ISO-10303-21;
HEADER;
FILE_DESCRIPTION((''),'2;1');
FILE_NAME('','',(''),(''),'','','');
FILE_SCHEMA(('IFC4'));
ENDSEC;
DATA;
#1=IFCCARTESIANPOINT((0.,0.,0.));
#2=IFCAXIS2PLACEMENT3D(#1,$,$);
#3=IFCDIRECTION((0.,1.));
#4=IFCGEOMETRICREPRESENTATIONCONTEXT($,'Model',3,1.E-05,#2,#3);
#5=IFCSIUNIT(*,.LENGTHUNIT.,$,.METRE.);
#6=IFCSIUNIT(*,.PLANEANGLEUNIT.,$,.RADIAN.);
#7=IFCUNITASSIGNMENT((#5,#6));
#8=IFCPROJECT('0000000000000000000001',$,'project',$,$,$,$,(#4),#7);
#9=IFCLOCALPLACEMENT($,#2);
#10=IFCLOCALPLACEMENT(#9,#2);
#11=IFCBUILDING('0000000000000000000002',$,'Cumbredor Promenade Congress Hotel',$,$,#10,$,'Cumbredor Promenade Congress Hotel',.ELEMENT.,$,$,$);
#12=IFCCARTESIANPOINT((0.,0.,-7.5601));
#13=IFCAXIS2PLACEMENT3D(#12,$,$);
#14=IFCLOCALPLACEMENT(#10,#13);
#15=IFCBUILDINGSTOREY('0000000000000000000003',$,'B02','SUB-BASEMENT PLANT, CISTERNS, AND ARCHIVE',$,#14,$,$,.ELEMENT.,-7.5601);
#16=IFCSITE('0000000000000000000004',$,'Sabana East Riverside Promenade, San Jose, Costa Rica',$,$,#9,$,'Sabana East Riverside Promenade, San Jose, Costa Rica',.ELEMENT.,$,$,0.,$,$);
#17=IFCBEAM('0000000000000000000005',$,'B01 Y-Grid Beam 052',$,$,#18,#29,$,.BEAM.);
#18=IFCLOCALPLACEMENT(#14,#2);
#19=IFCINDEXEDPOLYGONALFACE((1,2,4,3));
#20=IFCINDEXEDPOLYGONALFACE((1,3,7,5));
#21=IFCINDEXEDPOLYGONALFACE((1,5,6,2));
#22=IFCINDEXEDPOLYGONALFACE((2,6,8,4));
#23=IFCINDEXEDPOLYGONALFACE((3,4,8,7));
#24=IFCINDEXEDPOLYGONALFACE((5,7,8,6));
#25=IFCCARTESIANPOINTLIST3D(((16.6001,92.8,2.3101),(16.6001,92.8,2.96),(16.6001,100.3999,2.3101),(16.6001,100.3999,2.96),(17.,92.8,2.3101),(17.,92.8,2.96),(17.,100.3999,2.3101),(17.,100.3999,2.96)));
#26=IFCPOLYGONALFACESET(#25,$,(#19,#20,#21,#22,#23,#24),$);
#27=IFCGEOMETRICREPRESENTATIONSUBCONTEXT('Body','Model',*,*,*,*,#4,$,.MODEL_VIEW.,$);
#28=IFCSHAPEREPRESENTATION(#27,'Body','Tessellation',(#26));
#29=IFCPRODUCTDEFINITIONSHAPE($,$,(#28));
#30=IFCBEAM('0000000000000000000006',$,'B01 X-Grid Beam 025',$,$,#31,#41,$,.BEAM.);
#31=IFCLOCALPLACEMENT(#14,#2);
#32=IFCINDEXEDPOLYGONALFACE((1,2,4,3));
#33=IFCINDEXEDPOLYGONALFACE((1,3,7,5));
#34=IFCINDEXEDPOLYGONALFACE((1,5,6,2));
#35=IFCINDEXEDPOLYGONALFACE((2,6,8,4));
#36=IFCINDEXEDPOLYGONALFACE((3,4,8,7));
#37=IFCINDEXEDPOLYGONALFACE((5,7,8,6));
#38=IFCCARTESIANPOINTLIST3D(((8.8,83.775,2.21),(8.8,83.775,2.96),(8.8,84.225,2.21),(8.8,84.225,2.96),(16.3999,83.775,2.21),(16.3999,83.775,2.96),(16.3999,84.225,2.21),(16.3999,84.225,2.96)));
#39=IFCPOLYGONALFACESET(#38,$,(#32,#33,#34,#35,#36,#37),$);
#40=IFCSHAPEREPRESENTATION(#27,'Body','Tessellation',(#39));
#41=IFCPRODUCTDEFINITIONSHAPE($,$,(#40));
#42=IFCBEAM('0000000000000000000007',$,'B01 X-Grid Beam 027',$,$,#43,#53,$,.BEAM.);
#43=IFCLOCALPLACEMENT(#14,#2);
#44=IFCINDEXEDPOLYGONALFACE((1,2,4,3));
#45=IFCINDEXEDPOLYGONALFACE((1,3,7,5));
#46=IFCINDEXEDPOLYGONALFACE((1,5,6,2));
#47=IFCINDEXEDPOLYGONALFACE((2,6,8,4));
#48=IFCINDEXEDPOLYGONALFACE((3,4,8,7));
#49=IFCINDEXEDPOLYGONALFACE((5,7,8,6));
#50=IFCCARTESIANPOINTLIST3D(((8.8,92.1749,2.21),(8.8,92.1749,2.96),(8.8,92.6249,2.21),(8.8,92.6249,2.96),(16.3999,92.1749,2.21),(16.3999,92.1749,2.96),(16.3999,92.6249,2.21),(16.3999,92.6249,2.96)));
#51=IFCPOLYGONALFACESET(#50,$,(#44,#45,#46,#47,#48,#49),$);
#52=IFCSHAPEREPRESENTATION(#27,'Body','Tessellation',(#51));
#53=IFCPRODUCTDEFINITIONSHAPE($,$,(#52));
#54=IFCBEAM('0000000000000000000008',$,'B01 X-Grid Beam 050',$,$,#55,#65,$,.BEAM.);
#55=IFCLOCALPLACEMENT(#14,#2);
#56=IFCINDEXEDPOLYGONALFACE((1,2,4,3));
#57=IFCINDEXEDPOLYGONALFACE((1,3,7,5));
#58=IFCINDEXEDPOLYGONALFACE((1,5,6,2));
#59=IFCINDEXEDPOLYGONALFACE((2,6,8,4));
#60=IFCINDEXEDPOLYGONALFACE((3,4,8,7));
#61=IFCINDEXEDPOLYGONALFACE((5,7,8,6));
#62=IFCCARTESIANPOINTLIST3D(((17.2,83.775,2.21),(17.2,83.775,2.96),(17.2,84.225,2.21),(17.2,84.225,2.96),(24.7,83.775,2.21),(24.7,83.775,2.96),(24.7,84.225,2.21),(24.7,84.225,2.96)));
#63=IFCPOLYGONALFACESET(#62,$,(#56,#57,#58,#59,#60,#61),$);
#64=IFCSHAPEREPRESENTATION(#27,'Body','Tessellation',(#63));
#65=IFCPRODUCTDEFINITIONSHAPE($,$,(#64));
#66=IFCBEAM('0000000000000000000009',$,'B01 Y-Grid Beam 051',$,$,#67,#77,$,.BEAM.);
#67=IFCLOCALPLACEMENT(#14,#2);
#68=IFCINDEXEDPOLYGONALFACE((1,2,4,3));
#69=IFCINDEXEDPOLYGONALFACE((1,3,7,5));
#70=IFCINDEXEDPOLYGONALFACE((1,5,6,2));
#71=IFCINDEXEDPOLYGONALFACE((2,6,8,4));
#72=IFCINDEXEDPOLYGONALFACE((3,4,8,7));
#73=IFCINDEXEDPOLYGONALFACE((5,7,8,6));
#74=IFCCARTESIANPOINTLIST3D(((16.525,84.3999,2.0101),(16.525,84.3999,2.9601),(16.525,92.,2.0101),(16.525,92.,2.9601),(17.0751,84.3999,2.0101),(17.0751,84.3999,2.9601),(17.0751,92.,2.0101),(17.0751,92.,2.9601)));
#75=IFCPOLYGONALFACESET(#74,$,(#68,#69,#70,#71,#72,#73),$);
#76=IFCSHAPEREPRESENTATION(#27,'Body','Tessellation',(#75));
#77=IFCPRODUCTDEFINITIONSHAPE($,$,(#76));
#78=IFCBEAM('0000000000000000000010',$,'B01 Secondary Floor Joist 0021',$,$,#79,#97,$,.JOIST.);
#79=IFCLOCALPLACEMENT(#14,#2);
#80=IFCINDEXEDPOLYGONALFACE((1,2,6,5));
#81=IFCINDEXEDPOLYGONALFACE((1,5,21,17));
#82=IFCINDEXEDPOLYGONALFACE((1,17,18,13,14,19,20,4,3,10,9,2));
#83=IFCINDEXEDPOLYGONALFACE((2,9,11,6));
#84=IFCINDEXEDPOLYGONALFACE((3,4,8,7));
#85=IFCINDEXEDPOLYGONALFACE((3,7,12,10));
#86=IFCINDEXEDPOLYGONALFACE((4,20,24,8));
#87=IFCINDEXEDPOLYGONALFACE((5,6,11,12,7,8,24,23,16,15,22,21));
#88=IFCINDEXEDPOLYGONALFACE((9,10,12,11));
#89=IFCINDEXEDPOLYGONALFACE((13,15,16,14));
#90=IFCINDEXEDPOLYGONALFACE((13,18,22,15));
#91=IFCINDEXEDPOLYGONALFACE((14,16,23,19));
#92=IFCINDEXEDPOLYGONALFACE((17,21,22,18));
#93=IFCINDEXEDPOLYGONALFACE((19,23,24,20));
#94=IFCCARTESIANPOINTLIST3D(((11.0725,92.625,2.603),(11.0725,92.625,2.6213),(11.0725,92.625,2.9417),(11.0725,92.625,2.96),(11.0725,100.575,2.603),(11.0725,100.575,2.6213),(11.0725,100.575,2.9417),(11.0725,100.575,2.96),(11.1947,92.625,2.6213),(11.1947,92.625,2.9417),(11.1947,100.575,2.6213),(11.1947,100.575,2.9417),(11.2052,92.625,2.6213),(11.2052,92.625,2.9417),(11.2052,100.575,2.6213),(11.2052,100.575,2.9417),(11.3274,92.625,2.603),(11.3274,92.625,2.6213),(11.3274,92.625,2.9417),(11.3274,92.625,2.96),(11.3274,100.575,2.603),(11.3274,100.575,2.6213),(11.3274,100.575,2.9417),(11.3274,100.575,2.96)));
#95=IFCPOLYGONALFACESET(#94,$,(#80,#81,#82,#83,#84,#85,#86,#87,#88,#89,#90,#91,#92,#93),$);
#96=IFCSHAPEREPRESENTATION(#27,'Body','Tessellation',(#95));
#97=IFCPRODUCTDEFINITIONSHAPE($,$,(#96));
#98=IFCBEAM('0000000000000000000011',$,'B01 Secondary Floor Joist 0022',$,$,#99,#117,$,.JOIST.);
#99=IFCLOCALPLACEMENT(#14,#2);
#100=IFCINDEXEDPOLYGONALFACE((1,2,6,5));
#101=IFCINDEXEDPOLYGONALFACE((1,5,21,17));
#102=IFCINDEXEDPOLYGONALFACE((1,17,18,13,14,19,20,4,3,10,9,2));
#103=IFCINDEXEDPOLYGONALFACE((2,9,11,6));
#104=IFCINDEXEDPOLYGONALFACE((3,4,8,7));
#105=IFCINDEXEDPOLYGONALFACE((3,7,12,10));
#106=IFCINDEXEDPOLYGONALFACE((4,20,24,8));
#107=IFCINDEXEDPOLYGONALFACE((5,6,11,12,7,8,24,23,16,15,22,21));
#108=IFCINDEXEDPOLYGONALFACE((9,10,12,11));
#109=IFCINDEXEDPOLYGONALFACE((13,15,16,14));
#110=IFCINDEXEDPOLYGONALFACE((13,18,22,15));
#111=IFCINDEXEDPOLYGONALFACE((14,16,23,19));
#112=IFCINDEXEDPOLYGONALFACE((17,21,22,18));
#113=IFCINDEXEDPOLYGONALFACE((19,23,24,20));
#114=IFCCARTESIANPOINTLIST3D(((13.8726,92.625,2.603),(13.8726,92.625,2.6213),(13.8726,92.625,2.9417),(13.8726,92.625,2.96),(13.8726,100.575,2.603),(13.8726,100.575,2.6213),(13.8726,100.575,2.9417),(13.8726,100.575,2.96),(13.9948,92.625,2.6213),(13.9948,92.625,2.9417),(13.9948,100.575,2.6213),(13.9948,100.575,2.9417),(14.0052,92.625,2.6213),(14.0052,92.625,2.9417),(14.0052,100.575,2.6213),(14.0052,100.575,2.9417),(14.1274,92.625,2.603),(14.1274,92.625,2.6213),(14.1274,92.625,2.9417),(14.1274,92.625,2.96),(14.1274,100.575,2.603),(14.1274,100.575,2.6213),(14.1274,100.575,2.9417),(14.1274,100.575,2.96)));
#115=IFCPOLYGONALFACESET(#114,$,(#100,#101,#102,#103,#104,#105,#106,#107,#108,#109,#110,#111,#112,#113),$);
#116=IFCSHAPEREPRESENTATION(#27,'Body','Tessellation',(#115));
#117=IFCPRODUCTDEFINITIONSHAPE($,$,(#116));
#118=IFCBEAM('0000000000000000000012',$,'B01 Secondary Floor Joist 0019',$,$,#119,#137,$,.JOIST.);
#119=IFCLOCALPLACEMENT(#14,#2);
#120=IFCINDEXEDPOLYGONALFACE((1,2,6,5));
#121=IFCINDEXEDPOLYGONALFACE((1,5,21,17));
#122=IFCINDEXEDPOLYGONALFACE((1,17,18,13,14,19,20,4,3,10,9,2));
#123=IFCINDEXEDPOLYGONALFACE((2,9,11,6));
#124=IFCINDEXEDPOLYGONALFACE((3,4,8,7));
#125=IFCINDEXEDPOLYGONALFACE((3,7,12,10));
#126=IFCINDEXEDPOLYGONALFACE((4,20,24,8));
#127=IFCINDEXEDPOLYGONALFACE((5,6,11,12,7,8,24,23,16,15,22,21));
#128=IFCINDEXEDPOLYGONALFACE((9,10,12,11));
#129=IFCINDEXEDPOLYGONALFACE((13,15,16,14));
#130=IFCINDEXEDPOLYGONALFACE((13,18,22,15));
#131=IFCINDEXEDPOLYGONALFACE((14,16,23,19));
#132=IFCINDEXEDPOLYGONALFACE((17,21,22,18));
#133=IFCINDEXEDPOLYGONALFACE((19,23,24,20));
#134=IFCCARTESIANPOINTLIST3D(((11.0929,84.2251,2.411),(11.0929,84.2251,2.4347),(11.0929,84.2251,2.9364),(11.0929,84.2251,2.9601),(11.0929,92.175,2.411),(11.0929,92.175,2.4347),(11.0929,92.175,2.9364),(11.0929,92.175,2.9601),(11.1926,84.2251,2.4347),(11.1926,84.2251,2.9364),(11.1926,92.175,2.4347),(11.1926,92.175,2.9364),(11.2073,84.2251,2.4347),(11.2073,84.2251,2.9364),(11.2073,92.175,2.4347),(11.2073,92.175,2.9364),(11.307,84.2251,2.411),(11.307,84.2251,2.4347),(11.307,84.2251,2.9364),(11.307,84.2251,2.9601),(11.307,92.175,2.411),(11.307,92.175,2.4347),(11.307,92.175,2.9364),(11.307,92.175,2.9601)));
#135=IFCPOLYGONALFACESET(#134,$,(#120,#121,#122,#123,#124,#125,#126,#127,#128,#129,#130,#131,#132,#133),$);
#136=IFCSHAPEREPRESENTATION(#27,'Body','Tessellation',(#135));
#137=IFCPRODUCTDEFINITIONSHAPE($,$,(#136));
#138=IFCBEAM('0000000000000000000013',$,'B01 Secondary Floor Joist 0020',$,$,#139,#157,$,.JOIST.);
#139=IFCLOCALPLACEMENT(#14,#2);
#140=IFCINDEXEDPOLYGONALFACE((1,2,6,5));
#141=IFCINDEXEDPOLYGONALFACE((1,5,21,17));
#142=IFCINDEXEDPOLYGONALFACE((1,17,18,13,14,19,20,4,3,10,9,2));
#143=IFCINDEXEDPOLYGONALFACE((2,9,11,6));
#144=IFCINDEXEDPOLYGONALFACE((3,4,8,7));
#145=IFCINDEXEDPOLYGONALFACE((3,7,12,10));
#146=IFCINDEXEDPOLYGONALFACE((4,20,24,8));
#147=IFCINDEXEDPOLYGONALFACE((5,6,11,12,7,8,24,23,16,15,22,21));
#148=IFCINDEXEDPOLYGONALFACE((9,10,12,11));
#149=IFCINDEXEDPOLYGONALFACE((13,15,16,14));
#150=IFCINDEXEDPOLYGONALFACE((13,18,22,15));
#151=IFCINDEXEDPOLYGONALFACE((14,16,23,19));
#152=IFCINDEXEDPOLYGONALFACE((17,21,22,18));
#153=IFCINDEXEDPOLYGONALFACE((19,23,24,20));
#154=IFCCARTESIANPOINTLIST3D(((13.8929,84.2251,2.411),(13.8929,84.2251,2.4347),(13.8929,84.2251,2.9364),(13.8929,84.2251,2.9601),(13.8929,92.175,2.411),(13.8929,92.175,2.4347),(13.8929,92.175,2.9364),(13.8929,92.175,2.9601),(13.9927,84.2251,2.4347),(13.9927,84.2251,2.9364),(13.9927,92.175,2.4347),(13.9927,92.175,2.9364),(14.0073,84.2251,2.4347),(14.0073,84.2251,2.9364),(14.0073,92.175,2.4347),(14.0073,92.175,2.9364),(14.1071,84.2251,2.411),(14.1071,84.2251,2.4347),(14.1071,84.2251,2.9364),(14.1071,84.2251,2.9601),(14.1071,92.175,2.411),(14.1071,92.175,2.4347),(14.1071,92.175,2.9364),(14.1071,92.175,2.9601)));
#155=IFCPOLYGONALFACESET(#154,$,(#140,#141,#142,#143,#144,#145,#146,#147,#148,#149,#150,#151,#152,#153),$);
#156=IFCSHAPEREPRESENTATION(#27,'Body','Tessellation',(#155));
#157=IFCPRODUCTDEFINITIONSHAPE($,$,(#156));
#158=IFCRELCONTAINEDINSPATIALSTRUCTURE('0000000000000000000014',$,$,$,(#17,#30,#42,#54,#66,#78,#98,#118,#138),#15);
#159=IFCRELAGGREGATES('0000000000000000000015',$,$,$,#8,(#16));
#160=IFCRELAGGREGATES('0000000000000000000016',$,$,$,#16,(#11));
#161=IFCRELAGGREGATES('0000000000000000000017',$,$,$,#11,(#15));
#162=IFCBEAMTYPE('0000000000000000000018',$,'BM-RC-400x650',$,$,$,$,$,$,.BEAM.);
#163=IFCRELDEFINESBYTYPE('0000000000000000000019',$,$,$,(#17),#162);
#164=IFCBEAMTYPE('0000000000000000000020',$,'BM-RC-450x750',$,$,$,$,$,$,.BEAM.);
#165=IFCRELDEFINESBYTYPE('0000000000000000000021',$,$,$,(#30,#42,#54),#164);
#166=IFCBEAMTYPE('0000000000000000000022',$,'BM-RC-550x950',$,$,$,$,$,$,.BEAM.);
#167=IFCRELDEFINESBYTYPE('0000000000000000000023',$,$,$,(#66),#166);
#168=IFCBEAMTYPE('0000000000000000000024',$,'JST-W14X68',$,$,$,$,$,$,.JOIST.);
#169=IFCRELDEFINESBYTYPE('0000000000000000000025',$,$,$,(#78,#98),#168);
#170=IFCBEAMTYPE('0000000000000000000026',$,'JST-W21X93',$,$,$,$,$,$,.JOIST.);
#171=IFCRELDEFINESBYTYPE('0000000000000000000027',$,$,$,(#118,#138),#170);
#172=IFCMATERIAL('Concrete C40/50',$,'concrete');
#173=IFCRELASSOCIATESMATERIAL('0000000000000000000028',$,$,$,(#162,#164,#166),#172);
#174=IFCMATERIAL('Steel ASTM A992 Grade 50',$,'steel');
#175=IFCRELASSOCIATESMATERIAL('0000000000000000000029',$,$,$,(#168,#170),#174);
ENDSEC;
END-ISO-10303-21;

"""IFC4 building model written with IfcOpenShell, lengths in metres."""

from ifc_helpers import new_model, si_unit, direction, frame, origin, origin_2d, place, context, subcontext, project, spatial, rectangle, i_section, extrude, material, material_profile, profile_set, type_object, element, save


model = new_model("IFC4")

# Units and contexts
model_context = context("Model", 3, precision=1e-05, world=origin(), true_north=direction((0.0, 1.0)))
body_context = subcontext(model_context, "Body", "Model", "MODEL_VIEW")
ifc_project = project(units=[si_unit("LENGTHUNIT", "METRE"), si_unit("PLANEANGLEUNIT", "RADIAN")], contexts=[model_context])

# Site, building, storey
site_placement = place(None, origin())
site = spatial("IfcSite", under=ifc_project, at=site_placement, Name="Sabana East Riverside Promenade, San Jose, Costa Rica", LongName="Sabana East Riverside Promenade, San Jose, Costa Rica", CompositionType="ELEMENT", RefElevation=0.0)
building_placement = place(site_placement, origin())
building = spatial("IfcBuilding", under=site, at=building_placement, Name="Cumbredor Promenade Congress Hotel", LongName="Cumbredor Promenade Congress Hotel", CompositionType="ELEMENT")
storey_placement = place(building_placement, frame((0.0, 0.0, -7.5601)))
storey = spatial("IfcBuildingStorey", under=building, at=storey_placement, Name="B02", Description="SUB-BASEMENT PLANT, CISTERNS, AND ARCHIVE", CompositionType="ELEMENT", Elevation=-7.5601)

# Shared definitions
ifc_material_1 = material(Name="Concrete C40/50", Category="concrete")

# Beams
ifc_material_profile_1 = material_profile(ifc_material_1, rectangle(XDim=0.3999, YDim=0.6499, at=origin_2d()), Name="RC BEAM 400x650")
ifc_profile_set_1 = profile_set([ifc_material_profile_1], Name="Concrete C40/50")
beam_type_1 = type_object("IfcBeamType", Name="BM-RC-400x650", PredefinedType="BEAM", material=ifc_profile_set_1)
for number, where, z_axis, x_axis, name in (
    (1, (16.8, 92.8, 2.635), (0.0, 1.0, 0.0), (-1.0, 0.0, 0.0), "B01 Y-Grid Beam 052"),
):
    element("IfcBeam", number, at=place(storey_placement, frame(where, z_axis=z_axis, x_axis=x_axis)), inside=storey, type_object=beam_type_1, Name=name, PredefinedType="BEAM", context=body_context, shape_type="SweptSolid", body=[
        extrude(rectangle(XDim=0.3999, YDim=0.6499, at=origin_2d()), origin(), (0.0, 0.0, 1.0), 7.5999),
    ])
ifc_material_profile_2 = material_profile(ifc_material_1, rectangle(XDim=0.45, YDim=0.75, at=origin_2d()), Name="RC BEAM 450x750")
ifc_profile_set_2 = profile_set([ifc_material_profile_2], Name="Concrete C40/50")
beam_type_2 = type_object("IfcBeamType", Name="BM-RC-450x750", PredefinedType="BEAM", material=ifc_profile_set_2)
for number, where, z_axis, x_axis, name in (
    (2, (8.8, 84.0, 2.585), (1.0, 0.0, 0.0), (0.0, 1.0, 0.0), "B01 X-Grid Beam 025"),
    (3, (8.8, 92.3999, 2.585), (1.0, 0.0, 0.0), (0.0, 1.0, 0.0), "B01 X-Grid Beam 027"),
):
    element("IfcBeam", number, at=place(storey_placement, frame(where, z_axis=z_axis, x_axis=x_axis)), inside=storey, type_object=beam_type_2, Name=name, PredefinedType="BEAM", context=body_context, shape_type="SweptSolid", body=[
        extrude(rectangle(XDim=0.45, YDim=0.75, at=origin_2d()), origin(), (0.0, 0.0, 1.0), 7.5999),
    ])
beam_1_placement = place(storey_placement, frame((17.2, 84.0, 2.585), z_axis=(1.0, 0.0, 0.0), x_axis=(0.0, 1.0, 0.0)))
element("IfcBeam", 4, at=beam_1_placement, inside=storey, type_object=beam_type_2, Name="B01 X-Grid Beam 050", PredefinedType="BEAM", context=body_context, shape_type="SweptSolid", body=[
    extrude(rectangle(XDim=0.45, YDim=0.75, at=origin_2d()), origin(), (0.0, 0.0, 1.0), 7.5),
])
ifc_material_profile_3 = material_profile(ifc_material_1, rectangle(XDim=0.55, YDim=0.95, at=origin_2d()), Name="RC BEAM 550x950")
ifc_profile_set_3 = profile_set([ifc_material_profile_3], Name="Concrete C40/50")
beam_type_3 = type_object("IfcBeamType", Name="BM-RC-550x950", PredefinedType="BEAM", material=ifc_profile_set_3)
beam_2_placement = place(storey_placement, frame((16.8, 84.3999, 2.4851), z_axis=(0.0, 1.0, 0.0), x_axis=(-1.0, 0.0, 0.0)))
element("IfcBeam", 5, at=beam_2_placement, inside=storey, type_object=beam_type_3, Name="B01 Y-Grid Beam 051", PredefinedType="BEAM", context=body_context, shape_type="SweptSolid", body=[
    extrude(rectangle(XDim=0.55, YDim=0.95, at=origin_2d()), origin(), (0.0, 0.0, 1.0), 7.6001),
])
ifc_material_2 = material(Name="Steel ASTM A992 Grade 50", Category="steel")
ifc_material_profile_4 = material_profile(ifc_material_2, i_section(OverallWidth=0.2549, OverallDepth=0.3569, WebThickness=0.0105, FlangeThickness=0.0183, at=origin_2d()), Name="W14X68")
ifc_profile_set_4 = profile_set([ifc_material_profile_4], Name="Steel ASTM A992 Grade 50")
beam_type_4 = type_object("IfcBeamType", Name="JST-W14X68", PredefinedType="JOIST", material=ifc_profile_set_4)
for number, where, z_axis, x_axis, name in (
    (6, (11.2, 92.625, 2.7815), (0.0, 1.0, 0.0), (-1.0, 0.0, 0.0), "B01 Secondary Floor Joist 0021"),
    (7, (14.0, 92.625, 2.7815), (0.0, 1.0, 0.0), (-1.0, 0.0, 0.0), "B01 Secondary Floor Joist 0022"),
):
    element("IfcBeam", number, at=place(storey_placement, frame(where, z_axis=z_axis, x_axis=x_axis)), inside=storey, type_object=beam_type_4, Name=name, PredefinedType="JOIST", context=body_context, shape_type="SweptSolid", body=[
        extrude(i_section(OverallWidth=0.2549, OverallDepth=0.3569, WebThickness=0.0105, FlangeThickness=0.0183, at=origin_2d()), origin(), (0.0, 0.0, 1.0), 7.95),
    ])
ifc_material_profile_5 = material_profile(ifc_material_2, i_section(OverallWidth=0.2141, OverallDepth=0.5491, WebThickness=0.0146, FlangeThickness=0.0237, at=origin_2d()), Name="W21X93")
ifc_profile_set_5 = profile_set([ifc_material_profile_5], Name="Steel ASTM A992 Grade 50")
beam_type_5 = type_object("IfcBeamType", Name="JST-W21X93", PredefinedType="JOIST", material=ifc_profile_set_5)
for number, where, z_axis, x_axis, name in (
    (8, (11.2, 84.2251, 2.6855), (0.0, 1.0, 0.0), (-1.0, 0.0, 0.0), "B01 Secondary Floor Joist 0019"),
    (9, (14.0, 84.2251, 2.6855), (0.0, 1.0, 0.0), (-1.0, 0.0, 0.0), "B01 Secondary Floor Joist 0020"),
):
    element("IfcBeam", number, at=place(storey_placement, frame(where, z_axis=z_axis, x_axis=x_axis)), inside=storey, type_object=beam_type_5, Name=name, PredefinedType="JOIST", context=body_context, shape_type="SweptSolid", body=[
        extrude(i_section(OverallWidth=0.2141, OverallDepth=0.5491, WebThickness=0.0146, FlangeThickness=0.0237, at=origin_2d()), origin(), (0.0, 0.0, 1.0), 7.95),
    ])

save(model, "model.ifc")
